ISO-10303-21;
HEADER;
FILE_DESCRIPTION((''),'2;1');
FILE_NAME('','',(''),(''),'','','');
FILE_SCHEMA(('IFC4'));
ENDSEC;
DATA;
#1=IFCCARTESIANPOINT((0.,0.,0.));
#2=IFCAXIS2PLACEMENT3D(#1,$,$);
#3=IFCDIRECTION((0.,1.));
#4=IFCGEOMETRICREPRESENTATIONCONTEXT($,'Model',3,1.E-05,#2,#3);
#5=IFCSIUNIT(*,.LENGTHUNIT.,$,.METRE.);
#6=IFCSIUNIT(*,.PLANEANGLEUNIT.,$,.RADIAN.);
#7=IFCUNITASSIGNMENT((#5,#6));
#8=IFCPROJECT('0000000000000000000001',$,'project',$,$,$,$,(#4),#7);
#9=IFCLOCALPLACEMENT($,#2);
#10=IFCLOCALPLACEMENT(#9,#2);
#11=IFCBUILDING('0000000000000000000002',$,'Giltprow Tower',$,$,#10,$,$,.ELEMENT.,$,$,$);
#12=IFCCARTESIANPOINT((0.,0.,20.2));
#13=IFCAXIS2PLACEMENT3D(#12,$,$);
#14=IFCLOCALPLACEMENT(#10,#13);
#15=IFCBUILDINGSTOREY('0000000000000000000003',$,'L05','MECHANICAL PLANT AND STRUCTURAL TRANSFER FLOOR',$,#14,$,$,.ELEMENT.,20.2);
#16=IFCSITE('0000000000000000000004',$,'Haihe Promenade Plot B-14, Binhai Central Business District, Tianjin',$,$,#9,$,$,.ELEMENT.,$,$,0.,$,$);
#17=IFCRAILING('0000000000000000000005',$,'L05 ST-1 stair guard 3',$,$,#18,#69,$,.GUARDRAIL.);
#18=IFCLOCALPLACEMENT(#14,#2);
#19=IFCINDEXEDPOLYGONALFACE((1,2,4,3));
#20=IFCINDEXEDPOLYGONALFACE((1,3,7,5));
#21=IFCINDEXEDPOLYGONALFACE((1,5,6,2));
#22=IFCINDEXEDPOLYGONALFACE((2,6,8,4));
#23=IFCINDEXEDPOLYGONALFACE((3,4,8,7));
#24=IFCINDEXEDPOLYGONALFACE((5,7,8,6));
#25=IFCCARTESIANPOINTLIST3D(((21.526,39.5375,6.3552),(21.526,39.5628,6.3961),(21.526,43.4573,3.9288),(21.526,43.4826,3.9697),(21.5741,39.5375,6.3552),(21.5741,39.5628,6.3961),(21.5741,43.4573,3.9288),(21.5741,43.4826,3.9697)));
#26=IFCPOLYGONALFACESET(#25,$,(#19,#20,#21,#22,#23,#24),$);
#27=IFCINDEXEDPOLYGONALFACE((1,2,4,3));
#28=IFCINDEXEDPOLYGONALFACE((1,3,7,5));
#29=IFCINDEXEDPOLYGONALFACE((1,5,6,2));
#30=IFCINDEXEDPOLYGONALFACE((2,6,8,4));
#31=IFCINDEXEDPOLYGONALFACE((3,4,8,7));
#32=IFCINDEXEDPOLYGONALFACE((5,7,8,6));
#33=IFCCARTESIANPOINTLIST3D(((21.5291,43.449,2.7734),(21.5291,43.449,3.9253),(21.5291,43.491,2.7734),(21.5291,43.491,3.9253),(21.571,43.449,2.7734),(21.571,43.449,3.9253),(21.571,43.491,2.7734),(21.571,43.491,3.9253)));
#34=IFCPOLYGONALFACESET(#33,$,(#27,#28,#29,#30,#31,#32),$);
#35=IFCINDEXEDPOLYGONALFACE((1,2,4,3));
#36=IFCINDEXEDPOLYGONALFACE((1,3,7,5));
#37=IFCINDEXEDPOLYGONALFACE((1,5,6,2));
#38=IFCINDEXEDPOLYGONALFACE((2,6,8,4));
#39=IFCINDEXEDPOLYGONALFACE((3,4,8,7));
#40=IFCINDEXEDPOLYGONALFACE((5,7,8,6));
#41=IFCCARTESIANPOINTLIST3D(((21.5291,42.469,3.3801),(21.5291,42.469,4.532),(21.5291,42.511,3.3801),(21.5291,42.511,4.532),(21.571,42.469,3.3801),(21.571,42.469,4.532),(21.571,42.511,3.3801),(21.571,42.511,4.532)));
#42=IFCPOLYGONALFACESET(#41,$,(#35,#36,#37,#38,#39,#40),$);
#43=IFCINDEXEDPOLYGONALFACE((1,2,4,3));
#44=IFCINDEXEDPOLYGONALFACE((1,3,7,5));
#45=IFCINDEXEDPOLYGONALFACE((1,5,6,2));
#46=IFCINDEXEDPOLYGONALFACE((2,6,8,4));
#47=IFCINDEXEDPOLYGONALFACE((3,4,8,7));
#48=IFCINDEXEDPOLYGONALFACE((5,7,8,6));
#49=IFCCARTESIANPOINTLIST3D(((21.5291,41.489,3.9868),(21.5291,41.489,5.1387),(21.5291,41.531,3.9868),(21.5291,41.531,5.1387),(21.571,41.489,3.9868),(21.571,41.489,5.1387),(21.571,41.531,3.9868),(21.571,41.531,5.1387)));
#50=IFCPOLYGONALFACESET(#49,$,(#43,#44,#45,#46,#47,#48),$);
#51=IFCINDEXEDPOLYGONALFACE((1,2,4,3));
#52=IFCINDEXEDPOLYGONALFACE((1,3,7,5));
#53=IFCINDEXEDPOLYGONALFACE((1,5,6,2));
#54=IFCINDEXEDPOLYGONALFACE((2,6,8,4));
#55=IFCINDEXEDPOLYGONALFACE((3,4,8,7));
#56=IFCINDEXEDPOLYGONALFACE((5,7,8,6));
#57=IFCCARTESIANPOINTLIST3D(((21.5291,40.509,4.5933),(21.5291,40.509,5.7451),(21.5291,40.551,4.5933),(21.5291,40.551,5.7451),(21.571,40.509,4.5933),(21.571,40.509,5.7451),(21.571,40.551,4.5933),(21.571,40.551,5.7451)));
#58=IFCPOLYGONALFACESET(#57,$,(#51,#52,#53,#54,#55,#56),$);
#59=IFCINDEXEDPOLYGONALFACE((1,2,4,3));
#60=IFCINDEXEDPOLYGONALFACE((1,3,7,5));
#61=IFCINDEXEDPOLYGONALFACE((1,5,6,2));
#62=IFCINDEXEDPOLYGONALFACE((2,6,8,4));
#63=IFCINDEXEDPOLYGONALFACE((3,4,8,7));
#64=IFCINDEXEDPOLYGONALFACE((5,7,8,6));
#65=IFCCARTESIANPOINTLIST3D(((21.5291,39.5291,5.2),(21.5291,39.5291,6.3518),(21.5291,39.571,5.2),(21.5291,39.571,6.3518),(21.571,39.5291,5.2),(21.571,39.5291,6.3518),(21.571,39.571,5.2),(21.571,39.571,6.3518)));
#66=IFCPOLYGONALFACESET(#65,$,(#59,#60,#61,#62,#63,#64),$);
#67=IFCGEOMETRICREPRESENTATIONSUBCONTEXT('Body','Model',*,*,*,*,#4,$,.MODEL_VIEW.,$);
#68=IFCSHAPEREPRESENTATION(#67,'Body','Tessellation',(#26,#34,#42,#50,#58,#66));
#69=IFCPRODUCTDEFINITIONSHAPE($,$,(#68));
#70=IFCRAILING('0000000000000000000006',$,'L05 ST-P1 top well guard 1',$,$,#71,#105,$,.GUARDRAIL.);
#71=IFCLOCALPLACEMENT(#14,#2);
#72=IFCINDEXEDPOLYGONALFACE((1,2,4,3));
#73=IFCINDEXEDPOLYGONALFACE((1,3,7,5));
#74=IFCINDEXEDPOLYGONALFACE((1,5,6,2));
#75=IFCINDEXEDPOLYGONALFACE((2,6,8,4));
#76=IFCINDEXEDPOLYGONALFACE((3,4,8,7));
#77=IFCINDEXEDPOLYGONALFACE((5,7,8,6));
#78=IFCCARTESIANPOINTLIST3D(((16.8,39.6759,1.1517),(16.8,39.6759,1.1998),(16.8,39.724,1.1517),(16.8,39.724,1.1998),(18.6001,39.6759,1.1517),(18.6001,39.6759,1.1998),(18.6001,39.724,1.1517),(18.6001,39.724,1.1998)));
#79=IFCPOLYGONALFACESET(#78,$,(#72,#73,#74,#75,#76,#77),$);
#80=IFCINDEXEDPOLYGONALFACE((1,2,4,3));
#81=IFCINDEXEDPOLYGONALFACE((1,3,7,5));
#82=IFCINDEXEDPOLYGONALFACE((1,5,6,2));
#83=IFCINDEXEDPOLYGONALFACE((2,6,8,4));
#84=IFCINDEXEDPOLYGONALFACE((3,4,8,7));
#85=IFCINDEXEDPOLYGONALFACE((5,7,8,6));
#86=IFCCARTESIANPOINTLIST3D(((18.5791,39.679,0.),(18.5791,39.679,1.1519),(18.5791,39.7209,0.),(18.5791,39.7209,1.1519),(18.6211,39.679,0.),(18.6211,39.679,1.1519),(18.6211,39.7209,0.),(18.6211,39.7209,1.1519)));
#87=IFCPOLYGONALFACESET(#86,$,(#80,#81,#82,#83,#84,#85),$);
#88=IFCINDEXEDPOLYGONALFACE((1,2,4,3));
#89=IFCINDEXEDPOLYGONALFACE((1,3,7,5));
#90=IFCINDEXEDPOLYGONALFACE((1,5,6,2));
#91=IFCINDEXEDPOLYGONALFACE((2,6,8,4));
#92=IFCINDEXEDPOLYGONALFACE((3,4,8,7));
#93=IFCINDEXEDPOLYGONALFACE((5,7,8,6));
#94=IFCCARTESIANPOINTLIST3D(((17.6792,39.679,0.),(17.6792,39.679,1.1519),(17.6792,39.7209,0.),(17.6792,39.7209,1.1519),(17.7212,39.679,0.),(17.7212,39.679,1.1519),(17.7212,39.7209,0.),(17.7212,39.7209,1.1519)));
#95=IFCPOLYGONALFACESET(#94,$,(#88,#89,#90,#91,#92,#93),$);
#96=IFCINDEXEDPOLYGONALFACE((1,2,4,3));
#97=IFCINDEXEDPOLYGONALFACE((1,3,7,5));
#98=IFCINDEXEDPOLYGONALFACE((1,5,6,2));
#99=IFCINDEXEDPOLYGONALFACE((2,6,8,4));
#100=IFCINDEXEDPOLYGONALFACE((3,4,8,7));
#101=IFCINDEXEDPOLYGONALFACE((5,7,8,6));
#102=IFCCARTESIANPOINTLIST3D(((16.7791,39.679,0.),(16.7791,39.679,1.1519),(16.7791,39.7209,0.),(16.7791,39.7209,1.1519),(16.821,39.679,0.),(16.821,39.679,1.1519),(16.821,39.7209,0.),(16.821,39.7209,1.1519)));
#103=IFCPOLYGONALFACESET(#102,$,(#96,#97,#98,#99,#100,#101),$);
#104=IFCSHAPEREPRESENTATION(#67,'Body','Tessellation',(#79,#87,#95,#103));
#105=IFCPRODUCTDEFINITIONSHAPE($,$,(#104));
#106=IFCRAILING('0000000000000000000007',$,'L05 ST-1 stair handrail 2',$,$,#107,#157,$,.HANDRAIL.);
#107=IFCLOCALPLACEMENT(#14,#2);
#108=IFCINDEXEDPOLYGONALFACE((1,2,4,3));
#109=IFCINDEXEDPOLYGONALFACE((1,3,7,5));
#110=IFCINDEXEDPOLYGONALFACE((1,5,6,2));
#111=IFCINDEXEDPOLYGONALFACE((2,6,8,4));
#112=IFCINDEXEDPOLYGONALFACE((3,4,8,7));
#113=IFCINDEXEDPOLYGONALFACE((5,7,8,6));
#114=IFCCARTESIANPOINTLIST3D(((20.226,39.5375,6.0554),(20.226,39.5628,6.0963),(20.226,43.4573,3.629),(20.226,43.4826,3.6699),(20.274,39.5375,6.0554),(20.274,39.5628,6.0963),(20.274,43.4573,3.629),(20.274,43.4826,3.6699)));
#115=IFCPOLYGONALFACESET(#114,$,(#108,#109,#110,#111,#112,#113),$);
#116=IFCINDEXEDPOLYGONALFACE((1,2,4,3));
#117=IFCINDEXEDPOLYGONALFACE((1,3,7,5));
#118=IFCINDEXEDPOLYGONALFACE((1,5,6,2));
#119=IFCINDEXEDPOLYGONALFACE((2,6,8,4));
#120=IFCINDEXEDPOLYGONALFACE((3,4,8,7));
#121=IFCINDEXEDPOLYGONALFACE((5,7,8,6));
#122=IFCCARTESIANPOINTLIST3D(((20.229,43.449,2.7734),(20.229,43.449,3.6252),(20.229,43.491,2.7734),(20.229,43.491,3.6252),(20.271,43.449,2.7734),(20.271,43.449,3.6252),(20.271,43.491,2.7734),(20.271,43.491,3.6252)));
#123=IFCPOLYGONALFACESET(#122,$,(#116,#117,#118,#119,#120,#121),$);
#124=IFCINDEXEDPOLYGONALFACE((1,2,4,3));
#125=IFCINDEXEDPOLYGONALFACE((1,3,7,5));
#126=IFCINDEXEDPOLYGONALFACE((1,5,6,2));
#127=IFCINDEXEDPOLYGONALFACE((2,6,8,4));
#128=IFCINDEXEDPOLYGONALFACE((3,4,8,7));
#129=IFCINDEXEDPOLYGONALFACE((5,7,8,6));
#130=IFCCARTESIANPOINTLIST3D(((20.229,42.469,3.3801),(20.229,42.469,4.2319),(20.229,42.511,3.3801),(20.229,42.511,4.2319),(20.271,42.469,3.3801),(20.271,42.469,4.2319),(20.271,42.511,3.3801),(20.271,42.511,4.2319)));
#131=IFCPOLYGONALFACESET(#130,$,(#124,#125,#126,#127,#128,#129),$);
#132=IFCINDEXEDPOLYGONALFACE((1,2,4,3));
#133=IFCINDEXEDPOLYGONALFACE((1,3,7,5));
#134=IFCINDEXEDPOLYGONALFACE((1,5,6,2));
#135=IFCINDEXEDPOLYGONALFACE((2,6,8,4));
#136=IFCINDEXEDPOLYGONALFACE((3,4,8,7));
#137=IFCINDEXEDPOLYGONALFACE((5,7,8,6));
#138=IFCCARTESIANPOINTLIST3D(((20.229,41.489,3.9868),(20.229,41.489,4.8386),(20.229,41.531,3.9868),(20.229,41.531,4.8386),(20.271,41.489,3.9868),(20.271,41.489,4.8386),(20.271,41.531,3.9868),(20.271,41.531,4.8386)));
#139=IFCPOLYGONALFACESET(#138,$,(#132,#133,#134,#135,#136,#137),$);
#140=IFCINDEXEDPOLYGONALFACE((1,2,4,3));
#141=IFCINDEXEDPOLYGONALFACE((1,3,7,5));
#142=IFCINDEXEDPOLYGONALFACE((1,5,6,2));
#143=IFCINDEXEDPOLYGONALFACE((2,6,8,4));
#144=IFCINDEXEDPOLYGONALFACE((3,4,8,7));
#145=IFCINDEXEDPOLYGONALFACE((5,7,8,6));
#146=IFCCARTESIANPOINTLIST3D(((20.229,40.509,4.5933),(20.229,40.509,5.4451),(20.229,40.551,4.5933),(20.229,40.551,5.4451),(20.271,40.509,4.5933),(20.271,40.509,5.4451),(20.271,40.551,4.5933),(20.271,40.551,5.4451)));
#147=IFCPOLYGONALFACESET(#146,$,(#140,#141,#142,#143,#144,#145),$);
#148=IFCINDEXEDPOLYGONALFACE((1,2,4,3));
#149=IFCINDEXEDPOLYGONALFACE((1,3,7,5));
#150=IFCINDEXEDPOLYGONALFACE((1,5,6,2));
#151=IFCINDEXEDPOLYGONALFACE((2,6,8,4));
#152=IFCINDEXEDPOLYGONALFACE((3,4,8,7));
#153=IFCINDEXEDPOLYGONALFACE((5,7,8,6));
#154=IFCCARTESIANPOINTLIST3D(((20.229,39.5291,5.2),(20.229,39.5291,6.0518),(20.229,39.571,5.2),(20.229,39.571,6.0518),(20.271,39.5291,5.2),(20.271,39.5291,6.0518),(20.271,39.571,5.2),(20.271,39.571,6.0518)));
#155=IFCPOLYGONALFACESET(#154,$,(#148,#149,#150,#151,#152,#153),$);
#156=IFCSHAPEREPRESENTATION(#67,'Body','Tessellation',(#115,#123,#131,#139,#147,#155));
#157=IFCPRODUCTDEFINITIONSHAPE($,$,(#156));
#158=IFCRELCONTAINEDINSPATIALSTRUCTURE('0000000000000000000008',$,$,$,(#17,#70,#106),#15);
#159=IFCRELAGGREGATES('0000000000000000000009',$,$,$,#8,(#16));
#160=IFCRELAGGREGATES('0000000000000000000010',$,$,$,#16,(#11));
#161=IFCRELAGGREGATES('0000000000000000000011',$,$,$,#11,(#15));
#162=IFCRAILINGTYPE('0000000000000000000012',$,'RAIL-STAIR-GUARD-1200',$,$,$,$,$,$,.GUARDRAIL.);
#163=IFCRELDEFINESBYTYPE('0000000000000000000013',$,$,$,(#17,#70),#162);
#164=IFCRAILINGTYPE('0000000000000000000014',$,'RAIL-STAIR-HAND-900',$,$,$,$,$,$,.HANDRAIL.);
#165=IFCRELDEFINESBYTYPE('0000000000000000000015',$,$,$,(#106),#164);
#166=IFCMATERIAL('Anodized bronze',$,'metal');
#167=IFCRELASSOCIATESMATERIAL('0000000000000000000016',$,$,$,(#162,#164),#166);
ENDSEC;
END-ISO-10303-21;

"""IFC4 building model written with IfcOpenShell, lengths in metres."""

from ifc_helpers import new_model, si_unit, direction, frame, origin, origin_2d, place, context, subcontext, project, spatial, rectangle, extrude, material, type_object, element, save


model = new_model("IFC4")

# Units and contexts
model_context = context("Model", 3, precision=1e-05, world=origin(), true_north=direction((0.0, 1.0)))
body_context = subcontext(model_context, "Body", "Model", "MODEL_VIEW")
ifc_project = project(units=[si_unit("LENGTHUNIT", "METRE"), si_unit("PLANEANGLEUNIT", "RADIAN")], contexts=[model_context])

# Site, building, storey
site_placement = place(None, origin())
site = spatial("IfcSite", under=ifc_project, at=site_placement, Name="Haihe Promenade Plot B-14, Binhai Central Business District, Tianjin", CompositionType="ELEMENT", RefElevation=0.0)
building_placement = place(site_placement, origin())
building = spatial("IfcBuilding", under=site, at=building_placement, Name="Giltprow Tower", CompositionType="ELEMENT")
storey_placement = place(building_placement, frame((0.0, 0.0, 20.2)))
storey = spatial("IfcBuildingStorey", under=building, at=storey_placement, Name="L05", Description="MECHANICAL PLANT AND STRUCTURAL TRANSFER FLOOR", CompositionType="ELEMENT", Elevation=20.2)

# Railings
ifc_material_1 = material(Name="Anodized bronze", Category="metal")
railing_type_1 = type_object("IfcRailingType", Name="RAIL-STAIR-GUARD-1200", PredefinedType="GUARDRAIL", material=ifc_material_1)
railing_1_placement = place(storey_placement, frame((21.55, 43.47, 2.7734)))
element("IfcRailing", 1, at=railing_1_placement, inside=storey, type_object=railing_type_1, Name="L05 ST-1 stair guard 3", PredefinedType="GUARDRAIL", context=body_context, shape_type="SweptSolid", body=[
    extrude(rectangle(XDim=0.0481, YDim=0.0481, at=origin_2d()), frame((0.0, 0.0, 1.1758), z_axis=(0.0, -0.850275, 0.526338), x_axis=(1.0, 0.0, 0.0)), (0.0, 0.0, 1.0), 4.6101),
    extrude(rectangle(XDim=0.042, YDim=0.042, at=origin_2d()), origin(), (0.0, 0.0, 1.0), 1.1519),
    extrude(rectangle(XDim=0.042, YDim=0.042, at=origin_2d()), frame((0.0, -0.98, 0.6067)), (0.0, 0.0, 1.0), 1.1519),
    extrude(rectangle(XDim=0.042, YDim=0.042, at=origin_2d()), frame((0.0, -1.96, 1.2134)), (0.0, 0.0, 1.0), 1.1519),
    extrude(rectangle(XDim=0.042, YDim=0.042, at=origin_2d()), frame((0.0, -2.9399, 1.8198)), (0.0, 0.0, 1.0), 1.1519),
    extrude(rectangle(XDim=0.042, YDim=0.042, at=origin_2d()), frame((0.0, -3.9199, 2.4265)), (0.0, 0.0, 1.0), 1.1519),
])
railing_2_placement = place(storey_placement, frame((18.6001, 39.7, 0.0)))
element("IfcRailing", 2, at=railing_2_placement, inside=storey, type_object=railing_type_1, Name="L05 ST-P1 top well guard 1", PredefinedType="GUARDRAIL", context=body_context, shape_type="SweptSolid", body=[
    extrude(rectangle(XDim=0.0481, YDim=0.0481, at=origin_2d()), frame((0.0, 0.0, 1.1758), z_axis=(-1.0, 0.0, 0.0), x_axis=(0.0, -1.0, 0.0)), (0.0, 0.0, 1.0), 1.8),
    extrude(rectangle(XDim=0.042, YDim=0.042, at=origin_2d()), origin(), (0.0, 0.0, 1.0), 1.1519),
    extrude(rectangle(XDim=0.042, YDim=0.042, at=origin_2d()), frame((-0.8999, 0.0, 0.0)), (0.0, 0.0, 1.0), 1.1519),
    extrude(rectangle(XDim=0.042, YDim=0.042, at=origin_2d()), frame((-1.8, 0.0, 0.0)), (0.0, 0.0, 1.0), 1.1519),
])
railing_type_2 = type_object("IfcRailingType", Name="RAIL-STAIR-HAND-900", PredefinedType="HANDRAIL", material=ifc_material_1)
railing_3_placement = place(storey_placement, frame((20.25, 43.47, 2.7734)))
element("IfcRailing", 3, at=railing_3_placement, inside=storey, type_object=railing_type_2, Name="L05 ST-1 stair handrail 2", PredefinedType="HANDRAIL", context=body_context, shape_type="SweptSolid", body=[
    extrude(rectangle(XDim=0.0481, YDim=0.0481, at=origin_2d()), frame((0.0, 0.0, 0.876), z_axis=(0.0, -0.850275, 0.526338), x_axis=(1.0, 0.0, 0.0)), (0.0, 0.0, 1.0), 4.6101),
    extrude(rectangle(XDim=0.042, YDim=0.042, at=origin_2d()), origin(), (0.0, 0.0, 1.0), 0.8518),
    extrude(rectangle(XDim=0.042, YDim=0.042, at=origin_2d()), frame((0.0, -0.98, 0.6067)), (0.0, 0.0, 1.0), 0.8518),
    extrude(rectangle(XDim=0.042, YDim=0.042, at=origin_2d()), frame((0.0, -1.96, 1.2134)), (0.0, 0.0, 1.0), 0.8518),
    extrude(rectangle(XDim=0.042, YDim=0.042, at=origin_2d()), frame((0.0, -2.9399, 1.8198)), (0.0, 0.0, 1.0), 0.8518),
    extrude(rectangle(XDim=0.042, YDim=0.042, at=origin_2d()), frame((0.0, -3.9199, 2.4265)), (0.0, 0.0, 1.0), 0.8518),
])

save(model, "model.ifc")
